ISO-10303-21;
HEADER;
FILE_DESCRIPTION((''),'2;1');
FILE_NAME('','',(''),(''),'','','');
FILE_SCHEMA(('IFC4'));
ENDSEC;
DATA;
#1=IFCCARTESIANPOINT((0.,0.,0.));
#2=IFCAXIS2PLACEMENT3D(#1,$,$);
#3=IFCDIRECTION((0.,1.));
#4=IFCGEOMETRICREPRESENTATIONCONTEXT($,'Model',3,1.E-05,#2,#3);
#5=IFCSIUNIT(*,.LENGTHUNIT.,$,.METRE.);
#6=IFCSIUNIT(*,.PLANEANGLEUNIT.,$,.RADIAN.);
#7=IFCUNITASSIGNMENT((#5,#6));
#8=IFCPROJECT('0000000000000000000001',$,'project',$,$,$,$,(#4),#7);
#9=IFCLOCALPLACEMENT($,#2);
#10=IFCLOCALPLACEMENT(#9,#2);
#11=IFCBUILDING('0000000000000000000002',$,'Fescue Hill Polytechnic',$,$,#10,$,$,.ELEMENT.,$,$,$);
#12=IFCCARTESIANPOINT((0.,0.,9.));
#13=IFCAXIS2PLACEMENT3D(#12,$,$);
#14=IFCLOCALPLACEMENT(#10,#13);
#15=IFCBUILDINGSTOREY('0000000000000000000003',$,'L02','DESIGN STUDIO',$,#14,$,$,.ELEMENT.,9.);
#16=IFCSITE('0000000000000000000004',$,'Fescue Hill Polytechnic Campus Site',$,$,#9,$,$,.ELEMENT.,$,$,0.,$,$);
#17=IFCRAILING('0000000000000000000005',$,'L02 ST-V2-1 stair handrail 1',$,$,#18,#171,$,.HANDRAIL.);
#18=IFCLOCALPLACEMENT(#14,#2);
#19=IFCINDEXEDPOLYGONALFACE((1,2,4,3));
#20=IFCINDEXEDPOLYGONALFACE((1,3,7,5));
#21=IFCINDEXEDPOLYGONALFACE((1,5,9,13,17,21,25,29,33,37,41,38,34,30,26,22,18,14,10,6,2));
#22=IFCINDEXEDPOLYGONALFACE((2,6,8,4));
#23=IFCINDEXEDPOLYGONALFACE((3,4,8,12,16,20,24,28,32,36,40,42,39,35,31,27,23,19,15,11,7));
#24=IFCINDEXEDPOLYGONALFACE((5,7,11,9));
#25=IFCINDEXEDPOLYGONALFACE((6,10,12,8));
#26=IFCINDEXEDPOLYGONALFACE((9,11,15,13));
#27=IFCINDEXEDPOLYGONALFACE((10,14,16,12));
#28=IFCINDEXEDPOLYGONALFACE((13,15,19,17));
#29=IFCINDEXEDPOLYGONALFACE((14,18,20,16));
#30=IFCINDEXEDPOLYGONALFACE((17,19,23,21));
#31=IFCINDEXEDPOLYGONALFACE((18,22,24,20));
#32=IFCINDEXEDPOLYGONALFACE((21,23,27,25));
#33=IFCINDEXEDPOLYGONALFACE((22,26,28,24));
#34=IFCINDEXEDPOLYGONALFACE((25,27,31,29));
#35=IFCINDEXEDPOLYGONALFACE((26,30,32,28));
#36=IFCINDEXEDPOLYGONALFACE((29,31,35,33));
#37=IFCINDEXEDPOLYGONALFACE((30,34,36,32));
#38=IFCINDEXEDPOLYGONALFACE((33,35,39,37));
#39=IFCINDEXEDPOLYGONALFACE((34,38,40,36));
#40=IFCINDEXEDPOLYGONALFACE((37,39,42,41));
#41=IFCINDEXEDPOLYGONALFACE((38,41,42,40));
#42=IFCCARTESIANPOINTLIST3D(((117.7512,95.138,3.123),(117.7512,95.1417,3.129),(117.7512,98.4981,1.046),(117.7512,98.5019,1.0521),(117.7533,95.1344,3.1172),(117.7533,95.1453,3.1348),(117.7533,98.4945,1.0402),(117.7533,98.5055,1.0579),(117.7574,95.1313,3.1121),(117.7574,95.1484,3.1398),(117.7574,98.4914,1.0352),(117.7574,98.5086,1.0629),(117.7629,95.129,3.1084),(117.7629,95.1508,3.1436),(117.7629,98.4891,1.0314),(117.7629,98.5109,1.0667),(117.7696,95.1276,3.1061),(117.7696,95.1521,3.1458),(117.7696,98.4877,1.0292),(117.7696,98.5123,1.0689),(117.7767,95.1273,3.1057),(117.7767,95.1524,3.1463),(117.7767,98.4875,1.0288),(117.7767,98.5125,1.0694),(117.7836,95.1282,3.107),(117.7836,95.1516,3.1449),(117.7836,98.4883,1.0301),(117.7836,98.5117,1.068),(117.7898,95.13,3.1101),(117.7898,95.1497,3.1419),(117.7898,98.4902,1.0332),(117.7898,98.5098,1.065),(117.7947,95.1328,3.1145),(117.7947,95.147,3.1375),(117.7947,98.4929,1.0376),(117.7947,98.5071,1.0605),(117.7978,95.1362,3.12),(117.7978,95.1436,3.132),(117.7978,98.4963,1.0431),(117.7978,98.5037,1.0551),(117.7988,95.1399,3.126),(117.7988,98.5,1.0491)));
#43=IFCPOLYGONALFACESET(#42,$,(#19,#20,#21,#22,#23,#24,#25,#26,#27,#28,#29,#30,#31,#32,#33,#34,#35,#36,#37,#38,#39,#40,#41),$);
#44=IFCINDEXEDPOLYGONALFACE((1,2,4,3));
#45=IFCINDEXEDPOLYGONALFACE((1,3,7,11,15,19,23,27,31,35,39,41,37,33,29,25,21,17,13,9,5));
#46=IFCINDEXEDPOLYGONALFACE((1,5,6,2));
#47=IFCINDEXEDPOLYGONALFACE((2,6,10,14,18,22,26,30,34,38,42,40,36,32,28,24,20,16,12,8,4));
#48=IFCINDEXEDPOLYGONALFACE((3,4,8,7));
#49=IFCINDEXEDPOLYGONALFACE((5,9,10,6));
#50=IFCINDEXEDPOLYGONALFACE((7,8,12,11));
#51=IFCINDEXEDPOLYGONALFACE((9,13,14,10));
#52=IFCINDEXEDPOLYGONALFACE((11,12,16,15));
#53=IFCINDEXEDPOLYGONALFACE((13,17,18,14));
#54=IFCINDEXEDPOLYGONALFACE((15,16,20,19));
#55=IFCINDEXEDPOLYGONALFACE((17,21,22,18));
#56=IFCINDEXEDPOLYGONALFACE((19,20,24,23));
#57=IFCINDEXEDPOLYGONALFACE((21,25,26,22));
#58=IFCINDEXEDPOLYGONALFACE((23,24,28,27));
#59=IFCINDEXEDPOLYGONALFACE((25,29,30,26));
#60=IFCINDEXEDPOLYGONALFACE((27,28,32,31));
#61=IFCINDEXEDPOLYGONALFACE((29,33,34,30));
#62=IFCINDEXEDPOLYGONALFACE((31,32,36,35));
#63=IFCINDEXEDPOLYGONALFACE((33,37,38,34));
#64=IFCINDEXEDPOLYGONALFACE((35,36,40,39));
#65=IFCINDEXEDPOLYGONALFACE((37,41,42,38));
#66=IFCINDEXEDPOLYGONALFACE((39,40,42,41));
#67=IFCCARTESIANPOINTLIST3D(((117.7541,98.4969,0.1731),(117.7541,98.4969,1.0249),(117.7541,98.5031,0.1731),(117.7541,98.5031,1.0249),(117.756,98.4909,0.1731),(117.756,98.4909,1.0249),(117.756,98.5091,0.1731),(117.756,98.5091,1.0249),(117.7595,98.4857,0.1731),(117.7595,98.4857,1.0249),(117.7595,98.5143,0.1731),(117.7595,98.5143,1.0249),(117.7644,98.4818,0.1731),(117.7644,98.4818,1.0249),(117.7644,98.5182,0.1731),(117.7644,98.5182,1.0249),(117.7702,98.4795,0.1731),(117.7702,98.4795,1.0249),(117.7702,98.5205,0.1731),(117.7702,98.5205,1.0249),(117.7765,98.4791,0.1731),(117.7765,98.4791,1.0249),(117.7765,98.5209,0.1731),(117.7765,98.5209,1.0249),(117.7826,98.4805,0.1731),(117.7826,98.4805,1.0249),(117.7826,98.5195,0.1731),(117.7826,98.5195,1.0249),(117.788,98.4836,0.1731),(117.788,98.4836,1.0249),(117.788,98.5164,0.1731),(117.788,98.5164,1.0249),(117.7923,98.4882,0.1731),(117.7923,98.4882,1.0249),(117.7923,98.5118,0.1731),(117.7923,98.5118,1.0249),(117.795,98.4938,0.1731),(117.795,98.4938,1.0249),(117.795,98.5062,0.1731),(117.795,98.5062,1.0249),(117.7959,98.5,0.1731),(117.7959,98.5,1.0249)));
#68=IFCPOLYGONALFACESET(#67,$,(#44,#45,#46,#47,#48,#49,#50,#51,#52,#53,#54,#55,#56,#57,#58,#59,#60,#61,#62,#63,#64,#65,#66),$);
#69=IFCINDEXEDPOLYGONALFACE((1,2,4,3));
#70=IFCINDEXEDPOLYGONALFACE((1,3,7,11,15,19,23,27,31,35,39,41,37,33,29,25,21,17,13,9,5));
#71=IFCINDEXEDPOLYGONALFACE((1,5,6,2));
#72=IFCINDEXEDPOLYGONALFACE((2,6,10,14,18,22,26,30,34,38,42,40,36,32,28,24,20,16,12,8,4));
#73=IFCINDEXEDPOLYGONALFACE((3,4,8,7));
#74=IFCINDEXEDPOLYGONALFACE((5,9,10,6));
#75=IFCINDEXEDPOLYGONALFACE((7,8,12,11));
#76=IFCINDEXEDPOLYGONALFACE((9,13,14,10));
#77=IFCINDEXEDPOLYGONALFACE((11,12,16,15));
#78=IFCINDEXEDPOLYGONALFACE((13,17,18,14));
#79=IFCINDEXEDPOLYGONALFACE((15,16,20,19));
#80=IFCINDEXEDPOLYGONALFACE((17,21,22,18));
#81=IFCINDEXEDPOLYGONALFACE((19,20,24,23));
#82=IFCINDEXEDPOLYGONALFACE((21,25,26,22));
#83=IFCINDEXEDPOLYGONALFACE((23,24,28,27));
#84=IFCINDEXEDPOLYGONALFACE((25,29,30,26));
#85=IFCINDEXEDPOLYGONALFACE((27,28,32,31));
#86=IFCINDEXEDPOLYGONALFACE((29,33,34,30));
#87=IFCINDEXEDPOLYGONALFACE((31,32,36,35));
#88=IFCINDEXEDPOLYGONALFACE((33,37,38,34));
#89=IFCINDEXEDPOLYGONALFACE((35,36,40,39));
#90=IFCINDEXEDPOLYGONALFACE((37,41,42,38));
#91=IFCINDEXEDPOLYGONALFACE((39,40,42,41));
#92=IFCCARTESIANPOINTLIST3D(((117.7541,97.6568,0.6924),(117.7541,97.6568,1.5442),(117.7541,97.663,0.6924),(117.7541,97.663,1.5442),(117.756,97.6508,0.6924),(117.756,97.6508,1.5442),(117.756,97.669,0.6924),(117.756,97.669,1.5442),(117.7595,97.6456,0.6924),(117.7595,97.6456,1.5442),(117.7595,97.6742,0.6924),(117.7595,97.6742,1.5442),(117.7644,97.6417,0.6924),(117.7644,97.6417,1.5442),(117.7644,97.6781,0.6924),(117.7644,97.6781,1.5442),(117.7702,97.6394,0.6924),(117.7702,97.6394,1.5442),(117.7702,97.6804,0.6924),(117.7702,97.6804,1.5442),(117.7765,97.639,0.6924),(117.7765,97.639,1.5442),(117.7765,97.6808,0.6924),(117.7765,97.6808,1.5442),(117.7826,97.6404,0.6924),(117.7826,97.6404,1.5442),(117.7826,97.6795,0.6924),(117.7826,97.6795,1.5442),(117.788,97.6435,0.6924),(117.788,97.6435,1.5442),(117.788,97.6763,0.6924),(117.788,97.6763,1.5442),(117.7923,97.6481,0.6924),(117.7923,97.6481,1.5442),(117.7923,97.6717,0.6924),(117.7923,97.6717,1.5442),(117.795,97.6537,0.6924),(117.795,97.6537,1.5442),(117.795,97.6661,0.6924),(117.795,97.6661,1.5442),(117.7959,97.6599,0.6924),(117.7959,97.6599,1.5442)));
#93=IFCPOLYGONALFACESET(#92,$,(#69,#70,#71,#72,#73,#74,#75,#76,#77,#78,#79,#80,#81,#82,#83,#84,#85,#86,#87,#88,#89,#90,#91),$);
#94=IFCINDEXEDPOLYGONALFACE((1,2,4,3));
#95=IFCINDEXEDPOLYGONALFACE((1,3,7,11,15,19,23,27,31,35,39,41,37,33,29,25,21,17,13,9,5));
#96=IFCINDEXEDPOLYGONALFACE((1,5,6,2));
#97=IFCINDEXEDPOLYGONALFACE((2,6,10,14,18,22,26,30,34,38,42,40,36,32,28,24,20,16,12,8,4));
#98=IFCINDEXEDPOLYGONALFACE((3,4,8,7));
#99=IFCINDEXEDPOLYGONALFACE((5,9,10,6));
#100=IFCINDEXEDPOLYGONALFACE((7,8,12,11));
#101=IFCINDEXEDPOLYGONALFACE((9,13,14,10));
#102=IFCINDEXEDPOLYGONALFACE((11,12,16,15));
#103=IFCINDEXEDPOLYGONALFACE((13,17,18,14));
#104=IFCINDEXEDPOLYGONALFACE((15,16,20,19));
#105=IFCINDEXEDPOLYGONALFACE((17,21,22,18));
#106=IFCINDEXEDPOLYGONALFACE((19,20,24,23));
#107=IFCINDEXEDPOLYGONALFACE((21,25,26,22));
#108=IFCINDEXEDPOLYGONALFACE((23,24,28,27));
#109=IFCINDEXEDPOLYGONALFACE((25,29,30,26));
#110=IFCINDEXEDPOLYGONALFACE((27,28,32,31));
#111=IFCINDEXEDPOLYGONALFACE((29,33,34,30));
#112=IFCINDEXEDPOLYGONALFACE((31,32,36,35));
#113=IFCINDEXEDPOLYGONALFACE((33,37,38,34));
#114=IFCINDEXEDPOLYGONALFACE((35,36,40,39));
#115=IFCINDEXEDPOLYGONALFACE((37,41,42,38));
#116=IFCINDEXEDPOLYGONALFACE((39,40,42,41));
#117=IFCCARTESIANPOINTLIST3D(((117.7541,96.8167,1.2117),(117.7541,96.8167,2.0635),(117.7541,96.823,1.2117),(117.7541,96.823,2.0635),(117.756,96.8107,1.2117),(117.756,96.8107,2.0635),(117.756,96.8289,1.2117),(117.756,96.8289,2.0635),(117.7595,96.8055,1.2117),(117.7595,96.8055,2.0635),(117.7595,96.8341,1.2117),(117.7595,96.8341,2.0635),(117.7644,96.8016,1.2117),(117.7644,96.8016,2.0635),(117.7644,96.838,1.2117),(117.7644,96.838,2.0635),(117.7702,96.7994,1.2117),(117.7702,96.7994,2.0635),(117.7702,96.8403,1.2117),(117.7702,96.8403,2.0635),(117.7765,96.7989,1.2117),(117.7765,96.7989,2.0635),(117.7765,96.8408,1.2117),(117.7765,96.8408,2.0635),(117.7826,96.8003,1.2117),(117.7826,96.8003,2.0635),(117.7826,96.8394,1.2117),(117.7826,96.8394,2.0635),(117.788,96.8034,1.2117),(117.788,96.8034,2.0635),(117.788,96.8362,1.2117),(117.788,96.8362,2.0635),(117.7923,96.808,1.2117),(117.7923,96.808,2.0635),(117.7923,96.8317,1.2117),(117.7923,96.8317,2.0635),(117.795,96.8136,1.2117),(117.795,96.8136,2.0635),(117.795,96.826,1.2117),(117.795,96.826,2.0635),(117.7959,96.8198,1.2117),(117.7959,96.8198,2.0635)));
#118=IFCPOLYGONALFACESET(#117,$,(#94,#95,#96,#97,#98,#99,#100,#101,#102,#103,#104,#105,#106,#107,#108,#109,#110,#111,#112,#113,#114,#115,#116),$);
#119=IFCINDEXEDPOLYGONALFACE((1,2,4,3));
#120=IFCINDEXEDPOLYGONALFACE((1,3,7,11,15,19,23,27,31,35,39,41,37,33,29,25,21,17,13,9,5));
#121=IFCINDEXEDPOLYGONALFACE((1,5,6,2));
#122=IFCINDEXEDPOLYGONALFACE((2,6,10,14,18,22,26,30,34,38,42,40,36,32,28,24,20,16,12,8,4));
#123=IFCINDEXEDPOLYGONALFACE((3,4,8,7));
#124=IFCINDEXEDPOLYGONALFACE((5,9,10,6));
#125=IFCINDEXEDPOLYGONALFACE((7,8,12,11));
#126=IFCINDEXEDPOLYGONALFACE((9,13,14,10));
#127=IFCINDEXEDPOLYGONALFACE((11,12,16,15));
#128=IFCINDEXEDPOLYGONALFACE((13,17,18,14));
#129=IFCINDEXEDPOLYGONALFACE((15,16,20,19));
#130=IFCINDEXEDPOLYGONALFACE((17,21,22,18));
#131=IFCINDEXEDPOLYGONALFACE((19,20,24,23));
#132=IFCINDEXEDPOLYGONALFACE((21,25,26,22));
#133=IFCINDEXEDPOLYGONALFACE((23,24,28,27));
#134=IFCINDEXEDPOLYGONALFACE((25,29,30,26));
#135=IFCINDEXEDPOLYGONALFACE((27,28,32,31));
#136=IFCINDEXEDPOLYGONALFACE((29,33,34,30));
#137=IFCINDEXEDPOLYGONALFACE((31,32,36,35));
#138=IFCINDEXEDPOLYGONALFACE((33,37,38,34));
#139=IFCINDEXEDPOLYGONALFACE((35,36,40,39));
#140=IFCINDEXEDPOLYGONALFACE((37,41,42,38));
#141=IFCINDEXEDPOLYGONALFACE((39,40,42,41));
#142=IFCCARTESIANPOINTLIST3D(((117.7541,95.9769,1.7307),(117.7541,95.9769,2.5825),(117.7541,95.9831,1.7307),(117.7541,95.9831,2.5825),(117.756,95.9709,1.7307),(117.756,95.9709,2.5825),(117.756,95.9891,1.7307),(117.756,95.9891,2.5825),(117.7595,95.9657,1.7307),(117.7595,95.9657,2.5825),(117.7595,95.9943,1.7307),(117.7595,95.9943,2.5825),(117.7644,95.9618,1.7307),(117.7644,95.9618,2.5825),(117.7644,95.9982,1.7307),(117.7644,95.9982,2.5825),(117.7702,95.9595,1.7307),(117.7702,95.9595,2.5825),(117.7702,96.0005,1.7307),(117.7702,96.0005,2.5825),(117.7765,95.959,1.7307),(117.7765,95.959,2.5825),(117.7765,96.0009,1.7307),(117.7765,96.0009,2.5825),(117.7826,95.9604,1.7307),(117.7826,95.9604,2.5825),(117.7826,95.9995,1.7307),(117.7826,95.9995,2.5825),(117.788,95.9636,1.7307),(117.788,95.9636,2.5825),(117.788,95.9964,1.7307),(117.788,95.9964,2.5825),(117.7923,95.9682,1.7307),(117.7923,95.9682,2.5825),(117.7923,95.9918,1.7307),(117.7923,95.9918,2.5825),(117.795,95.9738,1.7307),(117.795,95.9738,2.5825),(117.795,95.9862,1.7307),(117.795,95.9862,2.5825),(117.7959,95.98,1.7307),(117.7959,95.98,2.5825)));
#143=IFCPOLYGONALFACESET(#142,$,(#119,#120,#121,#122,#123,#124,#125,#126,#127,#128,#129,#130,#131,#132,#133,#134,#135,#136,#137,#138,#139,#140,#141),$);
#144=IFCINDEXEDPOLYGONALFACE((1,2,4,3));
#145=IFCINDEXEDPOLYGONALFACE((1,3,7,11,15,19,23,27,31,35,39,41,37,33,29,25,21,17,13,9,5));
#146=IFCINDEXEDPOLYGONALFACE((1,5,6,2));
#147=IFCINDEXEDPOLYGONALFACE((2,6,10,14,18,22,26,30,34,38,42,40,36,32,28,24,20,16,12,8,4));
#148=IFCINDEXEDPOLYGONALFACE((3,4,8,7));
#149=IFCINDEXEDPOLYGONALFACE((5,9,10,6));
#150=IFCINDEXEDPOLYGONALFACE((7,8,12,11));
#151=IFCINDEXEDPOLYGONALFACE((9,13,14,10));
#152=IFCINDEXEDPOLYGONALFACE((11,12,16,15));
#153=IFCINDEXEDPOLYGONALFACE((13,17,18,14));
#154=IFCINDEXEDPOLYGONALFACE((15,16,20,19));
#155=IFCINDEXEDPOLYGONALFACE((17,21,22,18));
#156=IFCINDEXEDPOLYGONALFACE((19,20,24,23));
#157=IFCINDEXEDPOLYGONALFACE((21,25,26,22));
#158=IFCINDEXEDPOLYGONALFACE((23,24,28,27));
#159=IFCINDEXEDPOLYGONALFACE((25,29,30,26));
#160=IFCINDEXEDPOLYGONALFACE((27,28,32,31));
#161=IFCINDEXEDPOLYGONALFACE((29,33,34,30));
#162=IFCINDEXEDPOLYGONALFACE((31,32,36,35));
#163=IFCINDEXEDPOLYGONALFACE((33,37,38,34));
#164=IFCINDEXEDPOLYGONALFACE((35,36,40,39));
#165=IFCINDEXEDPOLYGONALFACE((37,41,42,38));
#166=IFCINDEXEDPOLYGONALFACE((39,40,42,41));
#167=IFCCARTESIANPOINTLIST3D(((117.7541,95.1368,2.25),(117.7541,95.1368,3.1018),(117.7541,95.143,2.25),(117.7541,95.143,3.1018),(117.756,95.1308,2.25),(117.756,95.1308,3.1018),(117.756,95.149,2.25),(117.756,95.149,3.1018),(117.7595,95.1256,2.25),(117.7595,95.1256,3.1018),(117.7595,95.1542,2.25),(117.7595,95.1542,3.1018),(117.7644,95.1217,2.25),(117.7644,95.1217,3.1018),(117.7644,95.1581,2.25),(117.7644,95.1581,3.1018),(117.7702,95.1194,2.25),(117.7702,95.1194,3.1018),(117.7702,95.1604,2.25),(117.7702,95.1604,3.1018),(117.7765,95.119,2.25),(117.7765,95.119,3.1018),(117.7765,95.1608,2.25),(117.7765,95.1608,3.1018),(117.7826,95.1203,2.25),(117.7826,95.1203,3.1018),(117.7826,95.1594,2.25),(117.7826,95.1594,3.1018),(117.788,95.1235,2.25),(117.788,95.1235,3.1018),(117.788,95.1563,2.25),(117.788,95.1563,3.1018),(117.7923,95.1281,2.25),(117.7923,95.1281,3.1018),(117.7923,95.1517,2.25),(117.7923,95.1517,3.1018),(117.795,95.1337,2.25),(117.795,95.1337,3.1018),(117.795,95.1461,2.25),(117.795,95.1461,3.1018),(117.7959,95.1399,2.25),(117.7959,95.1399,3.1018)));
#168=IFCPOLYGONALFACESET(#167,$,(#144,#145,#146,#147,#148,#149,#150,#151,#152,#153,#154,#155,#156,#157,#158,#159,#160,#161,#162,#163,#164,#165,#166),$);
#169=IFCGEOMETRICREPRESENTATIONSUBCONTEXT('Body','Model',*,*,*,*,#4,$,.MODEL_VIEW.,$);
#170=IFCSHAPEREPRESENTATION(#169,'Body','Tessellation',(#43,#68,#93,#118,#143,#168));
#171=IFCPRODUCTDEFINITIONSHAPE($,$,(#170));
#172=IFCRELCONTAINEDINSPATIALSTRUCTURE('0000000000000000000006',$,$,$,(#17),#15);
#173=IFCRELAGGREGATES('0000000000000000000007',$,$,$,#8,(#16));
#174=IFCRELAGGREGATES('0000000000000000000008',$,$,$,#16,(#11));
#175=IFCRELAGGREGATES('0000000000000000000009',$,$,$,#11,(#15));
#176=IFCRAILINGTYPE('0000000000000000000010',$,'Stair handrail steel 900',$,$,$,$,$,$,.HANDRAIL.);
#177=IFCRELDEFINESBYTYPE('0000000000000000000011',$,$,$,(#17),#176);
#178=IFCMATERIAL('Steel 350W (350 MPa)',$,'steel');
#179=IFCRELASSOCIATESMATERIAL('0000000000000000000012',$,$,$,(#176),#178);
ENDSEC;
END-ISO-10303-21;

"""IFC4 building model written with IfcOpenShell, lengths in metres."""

from ifc_helpers import new_model, si_unit, direction, frame, origin, origin_2d, place, context, subcontext, project, spatial, circle, extrude, material, type_object, element, save


model = new_model("IFC4")

# Units and contexts
model_context = context("Model", 3, precision=1e-05, world=origin(), true_north=direction((0.0, 1.0)))
body_context = subcontext(model_context, "Body", "Model", "MODEL_VIEW")
ifc_project = project(units=[si_unit("LENGTHUNIT", "METRE"), si_unit("PLANEANGLEUNIT", "RADIAN")], contexts=[model_context])

# Site, building, storey
site_placement = place(None, origin())
site = spatial("IfcSite", under=ifc_project, at=site_placement, Name="Fescue Hill Polytechnic Campus Site", CompositionType="ELEMENT", RefElevation=0.0)
building_placement = place(site_placement, origin())
building = spatial("IfcBuilding", under=site, at=building_placement, Name="Fescue Hill Polytechnic", CompositionType="ELEMENT")
storey_placement = place(building_placement, frame((0.0, 0.0, 9.0)))
storey = spatial("IfcBuildingStorey", under=building, at=storey_placement, Name="L02", Description="DESIGN STUDIO", CompositionType="ELEMENT", Elevation=9.0)

# Railing
ifc_material_1 = material(Name="Steel 350W (350 MPa)", Category="steel")
railing_type_1 = type_object("IfcRailingType", Name="Stair handrail steel 900", PredefinedType="HANDRAIL", material=ifc_material_1)
for number, where, name in (
    (1, (117.7749, 98.5, 0.1731), "L02 ST-V2-1 stair handrail 1"),
):
    element("IfcRailing", number, at=place(storey_placement, frame(where)), inside=storey, type_object=railing_type_1, Name=name, PredefinedType="HANDRAIL", context=body_context, shape_type="SweptSolid", body=[
        extrude(circle(Radius=0.0239, at=origin_2d()), frame((0.0, 0.0, 0.876), z_axis=(0.0, -0.850623, 0.525776), x_axis=(1.0, 0.0, 0.0)), (0.0, 0.0, 1.0), 3.9502),
        extrude(circle(Radius=0.021, at=origin_2d()), origin(), (0.0, 0.0, 1.0), 0.8518),
        extrude(circle(Radius=0.021, at=origin_2d()), frame((0.0, -0.8401, 0.5193)), (0.0, 0.0, 1.0), 0.8518),
        extrude(circle(Radius=0.021, at=origin_2d()), frame((0.0, -1.6802, 1.0386)), (0.0, 0.0, 1.0), 0.8518),
        extrude(circle(Radius=0.021, at=origin_2d()), frame((0.0, -2.52, 1.5576)), (0.0, 0.0, 1.0), 0.8518),
        extrude(circle(Radius=0.021, at=origin_2d()), frame((0.0, -3.3601, 2.0769)), (0.0, 0.0, 1.0), 0.8518),
    ])

save(model, "model.ifc")
